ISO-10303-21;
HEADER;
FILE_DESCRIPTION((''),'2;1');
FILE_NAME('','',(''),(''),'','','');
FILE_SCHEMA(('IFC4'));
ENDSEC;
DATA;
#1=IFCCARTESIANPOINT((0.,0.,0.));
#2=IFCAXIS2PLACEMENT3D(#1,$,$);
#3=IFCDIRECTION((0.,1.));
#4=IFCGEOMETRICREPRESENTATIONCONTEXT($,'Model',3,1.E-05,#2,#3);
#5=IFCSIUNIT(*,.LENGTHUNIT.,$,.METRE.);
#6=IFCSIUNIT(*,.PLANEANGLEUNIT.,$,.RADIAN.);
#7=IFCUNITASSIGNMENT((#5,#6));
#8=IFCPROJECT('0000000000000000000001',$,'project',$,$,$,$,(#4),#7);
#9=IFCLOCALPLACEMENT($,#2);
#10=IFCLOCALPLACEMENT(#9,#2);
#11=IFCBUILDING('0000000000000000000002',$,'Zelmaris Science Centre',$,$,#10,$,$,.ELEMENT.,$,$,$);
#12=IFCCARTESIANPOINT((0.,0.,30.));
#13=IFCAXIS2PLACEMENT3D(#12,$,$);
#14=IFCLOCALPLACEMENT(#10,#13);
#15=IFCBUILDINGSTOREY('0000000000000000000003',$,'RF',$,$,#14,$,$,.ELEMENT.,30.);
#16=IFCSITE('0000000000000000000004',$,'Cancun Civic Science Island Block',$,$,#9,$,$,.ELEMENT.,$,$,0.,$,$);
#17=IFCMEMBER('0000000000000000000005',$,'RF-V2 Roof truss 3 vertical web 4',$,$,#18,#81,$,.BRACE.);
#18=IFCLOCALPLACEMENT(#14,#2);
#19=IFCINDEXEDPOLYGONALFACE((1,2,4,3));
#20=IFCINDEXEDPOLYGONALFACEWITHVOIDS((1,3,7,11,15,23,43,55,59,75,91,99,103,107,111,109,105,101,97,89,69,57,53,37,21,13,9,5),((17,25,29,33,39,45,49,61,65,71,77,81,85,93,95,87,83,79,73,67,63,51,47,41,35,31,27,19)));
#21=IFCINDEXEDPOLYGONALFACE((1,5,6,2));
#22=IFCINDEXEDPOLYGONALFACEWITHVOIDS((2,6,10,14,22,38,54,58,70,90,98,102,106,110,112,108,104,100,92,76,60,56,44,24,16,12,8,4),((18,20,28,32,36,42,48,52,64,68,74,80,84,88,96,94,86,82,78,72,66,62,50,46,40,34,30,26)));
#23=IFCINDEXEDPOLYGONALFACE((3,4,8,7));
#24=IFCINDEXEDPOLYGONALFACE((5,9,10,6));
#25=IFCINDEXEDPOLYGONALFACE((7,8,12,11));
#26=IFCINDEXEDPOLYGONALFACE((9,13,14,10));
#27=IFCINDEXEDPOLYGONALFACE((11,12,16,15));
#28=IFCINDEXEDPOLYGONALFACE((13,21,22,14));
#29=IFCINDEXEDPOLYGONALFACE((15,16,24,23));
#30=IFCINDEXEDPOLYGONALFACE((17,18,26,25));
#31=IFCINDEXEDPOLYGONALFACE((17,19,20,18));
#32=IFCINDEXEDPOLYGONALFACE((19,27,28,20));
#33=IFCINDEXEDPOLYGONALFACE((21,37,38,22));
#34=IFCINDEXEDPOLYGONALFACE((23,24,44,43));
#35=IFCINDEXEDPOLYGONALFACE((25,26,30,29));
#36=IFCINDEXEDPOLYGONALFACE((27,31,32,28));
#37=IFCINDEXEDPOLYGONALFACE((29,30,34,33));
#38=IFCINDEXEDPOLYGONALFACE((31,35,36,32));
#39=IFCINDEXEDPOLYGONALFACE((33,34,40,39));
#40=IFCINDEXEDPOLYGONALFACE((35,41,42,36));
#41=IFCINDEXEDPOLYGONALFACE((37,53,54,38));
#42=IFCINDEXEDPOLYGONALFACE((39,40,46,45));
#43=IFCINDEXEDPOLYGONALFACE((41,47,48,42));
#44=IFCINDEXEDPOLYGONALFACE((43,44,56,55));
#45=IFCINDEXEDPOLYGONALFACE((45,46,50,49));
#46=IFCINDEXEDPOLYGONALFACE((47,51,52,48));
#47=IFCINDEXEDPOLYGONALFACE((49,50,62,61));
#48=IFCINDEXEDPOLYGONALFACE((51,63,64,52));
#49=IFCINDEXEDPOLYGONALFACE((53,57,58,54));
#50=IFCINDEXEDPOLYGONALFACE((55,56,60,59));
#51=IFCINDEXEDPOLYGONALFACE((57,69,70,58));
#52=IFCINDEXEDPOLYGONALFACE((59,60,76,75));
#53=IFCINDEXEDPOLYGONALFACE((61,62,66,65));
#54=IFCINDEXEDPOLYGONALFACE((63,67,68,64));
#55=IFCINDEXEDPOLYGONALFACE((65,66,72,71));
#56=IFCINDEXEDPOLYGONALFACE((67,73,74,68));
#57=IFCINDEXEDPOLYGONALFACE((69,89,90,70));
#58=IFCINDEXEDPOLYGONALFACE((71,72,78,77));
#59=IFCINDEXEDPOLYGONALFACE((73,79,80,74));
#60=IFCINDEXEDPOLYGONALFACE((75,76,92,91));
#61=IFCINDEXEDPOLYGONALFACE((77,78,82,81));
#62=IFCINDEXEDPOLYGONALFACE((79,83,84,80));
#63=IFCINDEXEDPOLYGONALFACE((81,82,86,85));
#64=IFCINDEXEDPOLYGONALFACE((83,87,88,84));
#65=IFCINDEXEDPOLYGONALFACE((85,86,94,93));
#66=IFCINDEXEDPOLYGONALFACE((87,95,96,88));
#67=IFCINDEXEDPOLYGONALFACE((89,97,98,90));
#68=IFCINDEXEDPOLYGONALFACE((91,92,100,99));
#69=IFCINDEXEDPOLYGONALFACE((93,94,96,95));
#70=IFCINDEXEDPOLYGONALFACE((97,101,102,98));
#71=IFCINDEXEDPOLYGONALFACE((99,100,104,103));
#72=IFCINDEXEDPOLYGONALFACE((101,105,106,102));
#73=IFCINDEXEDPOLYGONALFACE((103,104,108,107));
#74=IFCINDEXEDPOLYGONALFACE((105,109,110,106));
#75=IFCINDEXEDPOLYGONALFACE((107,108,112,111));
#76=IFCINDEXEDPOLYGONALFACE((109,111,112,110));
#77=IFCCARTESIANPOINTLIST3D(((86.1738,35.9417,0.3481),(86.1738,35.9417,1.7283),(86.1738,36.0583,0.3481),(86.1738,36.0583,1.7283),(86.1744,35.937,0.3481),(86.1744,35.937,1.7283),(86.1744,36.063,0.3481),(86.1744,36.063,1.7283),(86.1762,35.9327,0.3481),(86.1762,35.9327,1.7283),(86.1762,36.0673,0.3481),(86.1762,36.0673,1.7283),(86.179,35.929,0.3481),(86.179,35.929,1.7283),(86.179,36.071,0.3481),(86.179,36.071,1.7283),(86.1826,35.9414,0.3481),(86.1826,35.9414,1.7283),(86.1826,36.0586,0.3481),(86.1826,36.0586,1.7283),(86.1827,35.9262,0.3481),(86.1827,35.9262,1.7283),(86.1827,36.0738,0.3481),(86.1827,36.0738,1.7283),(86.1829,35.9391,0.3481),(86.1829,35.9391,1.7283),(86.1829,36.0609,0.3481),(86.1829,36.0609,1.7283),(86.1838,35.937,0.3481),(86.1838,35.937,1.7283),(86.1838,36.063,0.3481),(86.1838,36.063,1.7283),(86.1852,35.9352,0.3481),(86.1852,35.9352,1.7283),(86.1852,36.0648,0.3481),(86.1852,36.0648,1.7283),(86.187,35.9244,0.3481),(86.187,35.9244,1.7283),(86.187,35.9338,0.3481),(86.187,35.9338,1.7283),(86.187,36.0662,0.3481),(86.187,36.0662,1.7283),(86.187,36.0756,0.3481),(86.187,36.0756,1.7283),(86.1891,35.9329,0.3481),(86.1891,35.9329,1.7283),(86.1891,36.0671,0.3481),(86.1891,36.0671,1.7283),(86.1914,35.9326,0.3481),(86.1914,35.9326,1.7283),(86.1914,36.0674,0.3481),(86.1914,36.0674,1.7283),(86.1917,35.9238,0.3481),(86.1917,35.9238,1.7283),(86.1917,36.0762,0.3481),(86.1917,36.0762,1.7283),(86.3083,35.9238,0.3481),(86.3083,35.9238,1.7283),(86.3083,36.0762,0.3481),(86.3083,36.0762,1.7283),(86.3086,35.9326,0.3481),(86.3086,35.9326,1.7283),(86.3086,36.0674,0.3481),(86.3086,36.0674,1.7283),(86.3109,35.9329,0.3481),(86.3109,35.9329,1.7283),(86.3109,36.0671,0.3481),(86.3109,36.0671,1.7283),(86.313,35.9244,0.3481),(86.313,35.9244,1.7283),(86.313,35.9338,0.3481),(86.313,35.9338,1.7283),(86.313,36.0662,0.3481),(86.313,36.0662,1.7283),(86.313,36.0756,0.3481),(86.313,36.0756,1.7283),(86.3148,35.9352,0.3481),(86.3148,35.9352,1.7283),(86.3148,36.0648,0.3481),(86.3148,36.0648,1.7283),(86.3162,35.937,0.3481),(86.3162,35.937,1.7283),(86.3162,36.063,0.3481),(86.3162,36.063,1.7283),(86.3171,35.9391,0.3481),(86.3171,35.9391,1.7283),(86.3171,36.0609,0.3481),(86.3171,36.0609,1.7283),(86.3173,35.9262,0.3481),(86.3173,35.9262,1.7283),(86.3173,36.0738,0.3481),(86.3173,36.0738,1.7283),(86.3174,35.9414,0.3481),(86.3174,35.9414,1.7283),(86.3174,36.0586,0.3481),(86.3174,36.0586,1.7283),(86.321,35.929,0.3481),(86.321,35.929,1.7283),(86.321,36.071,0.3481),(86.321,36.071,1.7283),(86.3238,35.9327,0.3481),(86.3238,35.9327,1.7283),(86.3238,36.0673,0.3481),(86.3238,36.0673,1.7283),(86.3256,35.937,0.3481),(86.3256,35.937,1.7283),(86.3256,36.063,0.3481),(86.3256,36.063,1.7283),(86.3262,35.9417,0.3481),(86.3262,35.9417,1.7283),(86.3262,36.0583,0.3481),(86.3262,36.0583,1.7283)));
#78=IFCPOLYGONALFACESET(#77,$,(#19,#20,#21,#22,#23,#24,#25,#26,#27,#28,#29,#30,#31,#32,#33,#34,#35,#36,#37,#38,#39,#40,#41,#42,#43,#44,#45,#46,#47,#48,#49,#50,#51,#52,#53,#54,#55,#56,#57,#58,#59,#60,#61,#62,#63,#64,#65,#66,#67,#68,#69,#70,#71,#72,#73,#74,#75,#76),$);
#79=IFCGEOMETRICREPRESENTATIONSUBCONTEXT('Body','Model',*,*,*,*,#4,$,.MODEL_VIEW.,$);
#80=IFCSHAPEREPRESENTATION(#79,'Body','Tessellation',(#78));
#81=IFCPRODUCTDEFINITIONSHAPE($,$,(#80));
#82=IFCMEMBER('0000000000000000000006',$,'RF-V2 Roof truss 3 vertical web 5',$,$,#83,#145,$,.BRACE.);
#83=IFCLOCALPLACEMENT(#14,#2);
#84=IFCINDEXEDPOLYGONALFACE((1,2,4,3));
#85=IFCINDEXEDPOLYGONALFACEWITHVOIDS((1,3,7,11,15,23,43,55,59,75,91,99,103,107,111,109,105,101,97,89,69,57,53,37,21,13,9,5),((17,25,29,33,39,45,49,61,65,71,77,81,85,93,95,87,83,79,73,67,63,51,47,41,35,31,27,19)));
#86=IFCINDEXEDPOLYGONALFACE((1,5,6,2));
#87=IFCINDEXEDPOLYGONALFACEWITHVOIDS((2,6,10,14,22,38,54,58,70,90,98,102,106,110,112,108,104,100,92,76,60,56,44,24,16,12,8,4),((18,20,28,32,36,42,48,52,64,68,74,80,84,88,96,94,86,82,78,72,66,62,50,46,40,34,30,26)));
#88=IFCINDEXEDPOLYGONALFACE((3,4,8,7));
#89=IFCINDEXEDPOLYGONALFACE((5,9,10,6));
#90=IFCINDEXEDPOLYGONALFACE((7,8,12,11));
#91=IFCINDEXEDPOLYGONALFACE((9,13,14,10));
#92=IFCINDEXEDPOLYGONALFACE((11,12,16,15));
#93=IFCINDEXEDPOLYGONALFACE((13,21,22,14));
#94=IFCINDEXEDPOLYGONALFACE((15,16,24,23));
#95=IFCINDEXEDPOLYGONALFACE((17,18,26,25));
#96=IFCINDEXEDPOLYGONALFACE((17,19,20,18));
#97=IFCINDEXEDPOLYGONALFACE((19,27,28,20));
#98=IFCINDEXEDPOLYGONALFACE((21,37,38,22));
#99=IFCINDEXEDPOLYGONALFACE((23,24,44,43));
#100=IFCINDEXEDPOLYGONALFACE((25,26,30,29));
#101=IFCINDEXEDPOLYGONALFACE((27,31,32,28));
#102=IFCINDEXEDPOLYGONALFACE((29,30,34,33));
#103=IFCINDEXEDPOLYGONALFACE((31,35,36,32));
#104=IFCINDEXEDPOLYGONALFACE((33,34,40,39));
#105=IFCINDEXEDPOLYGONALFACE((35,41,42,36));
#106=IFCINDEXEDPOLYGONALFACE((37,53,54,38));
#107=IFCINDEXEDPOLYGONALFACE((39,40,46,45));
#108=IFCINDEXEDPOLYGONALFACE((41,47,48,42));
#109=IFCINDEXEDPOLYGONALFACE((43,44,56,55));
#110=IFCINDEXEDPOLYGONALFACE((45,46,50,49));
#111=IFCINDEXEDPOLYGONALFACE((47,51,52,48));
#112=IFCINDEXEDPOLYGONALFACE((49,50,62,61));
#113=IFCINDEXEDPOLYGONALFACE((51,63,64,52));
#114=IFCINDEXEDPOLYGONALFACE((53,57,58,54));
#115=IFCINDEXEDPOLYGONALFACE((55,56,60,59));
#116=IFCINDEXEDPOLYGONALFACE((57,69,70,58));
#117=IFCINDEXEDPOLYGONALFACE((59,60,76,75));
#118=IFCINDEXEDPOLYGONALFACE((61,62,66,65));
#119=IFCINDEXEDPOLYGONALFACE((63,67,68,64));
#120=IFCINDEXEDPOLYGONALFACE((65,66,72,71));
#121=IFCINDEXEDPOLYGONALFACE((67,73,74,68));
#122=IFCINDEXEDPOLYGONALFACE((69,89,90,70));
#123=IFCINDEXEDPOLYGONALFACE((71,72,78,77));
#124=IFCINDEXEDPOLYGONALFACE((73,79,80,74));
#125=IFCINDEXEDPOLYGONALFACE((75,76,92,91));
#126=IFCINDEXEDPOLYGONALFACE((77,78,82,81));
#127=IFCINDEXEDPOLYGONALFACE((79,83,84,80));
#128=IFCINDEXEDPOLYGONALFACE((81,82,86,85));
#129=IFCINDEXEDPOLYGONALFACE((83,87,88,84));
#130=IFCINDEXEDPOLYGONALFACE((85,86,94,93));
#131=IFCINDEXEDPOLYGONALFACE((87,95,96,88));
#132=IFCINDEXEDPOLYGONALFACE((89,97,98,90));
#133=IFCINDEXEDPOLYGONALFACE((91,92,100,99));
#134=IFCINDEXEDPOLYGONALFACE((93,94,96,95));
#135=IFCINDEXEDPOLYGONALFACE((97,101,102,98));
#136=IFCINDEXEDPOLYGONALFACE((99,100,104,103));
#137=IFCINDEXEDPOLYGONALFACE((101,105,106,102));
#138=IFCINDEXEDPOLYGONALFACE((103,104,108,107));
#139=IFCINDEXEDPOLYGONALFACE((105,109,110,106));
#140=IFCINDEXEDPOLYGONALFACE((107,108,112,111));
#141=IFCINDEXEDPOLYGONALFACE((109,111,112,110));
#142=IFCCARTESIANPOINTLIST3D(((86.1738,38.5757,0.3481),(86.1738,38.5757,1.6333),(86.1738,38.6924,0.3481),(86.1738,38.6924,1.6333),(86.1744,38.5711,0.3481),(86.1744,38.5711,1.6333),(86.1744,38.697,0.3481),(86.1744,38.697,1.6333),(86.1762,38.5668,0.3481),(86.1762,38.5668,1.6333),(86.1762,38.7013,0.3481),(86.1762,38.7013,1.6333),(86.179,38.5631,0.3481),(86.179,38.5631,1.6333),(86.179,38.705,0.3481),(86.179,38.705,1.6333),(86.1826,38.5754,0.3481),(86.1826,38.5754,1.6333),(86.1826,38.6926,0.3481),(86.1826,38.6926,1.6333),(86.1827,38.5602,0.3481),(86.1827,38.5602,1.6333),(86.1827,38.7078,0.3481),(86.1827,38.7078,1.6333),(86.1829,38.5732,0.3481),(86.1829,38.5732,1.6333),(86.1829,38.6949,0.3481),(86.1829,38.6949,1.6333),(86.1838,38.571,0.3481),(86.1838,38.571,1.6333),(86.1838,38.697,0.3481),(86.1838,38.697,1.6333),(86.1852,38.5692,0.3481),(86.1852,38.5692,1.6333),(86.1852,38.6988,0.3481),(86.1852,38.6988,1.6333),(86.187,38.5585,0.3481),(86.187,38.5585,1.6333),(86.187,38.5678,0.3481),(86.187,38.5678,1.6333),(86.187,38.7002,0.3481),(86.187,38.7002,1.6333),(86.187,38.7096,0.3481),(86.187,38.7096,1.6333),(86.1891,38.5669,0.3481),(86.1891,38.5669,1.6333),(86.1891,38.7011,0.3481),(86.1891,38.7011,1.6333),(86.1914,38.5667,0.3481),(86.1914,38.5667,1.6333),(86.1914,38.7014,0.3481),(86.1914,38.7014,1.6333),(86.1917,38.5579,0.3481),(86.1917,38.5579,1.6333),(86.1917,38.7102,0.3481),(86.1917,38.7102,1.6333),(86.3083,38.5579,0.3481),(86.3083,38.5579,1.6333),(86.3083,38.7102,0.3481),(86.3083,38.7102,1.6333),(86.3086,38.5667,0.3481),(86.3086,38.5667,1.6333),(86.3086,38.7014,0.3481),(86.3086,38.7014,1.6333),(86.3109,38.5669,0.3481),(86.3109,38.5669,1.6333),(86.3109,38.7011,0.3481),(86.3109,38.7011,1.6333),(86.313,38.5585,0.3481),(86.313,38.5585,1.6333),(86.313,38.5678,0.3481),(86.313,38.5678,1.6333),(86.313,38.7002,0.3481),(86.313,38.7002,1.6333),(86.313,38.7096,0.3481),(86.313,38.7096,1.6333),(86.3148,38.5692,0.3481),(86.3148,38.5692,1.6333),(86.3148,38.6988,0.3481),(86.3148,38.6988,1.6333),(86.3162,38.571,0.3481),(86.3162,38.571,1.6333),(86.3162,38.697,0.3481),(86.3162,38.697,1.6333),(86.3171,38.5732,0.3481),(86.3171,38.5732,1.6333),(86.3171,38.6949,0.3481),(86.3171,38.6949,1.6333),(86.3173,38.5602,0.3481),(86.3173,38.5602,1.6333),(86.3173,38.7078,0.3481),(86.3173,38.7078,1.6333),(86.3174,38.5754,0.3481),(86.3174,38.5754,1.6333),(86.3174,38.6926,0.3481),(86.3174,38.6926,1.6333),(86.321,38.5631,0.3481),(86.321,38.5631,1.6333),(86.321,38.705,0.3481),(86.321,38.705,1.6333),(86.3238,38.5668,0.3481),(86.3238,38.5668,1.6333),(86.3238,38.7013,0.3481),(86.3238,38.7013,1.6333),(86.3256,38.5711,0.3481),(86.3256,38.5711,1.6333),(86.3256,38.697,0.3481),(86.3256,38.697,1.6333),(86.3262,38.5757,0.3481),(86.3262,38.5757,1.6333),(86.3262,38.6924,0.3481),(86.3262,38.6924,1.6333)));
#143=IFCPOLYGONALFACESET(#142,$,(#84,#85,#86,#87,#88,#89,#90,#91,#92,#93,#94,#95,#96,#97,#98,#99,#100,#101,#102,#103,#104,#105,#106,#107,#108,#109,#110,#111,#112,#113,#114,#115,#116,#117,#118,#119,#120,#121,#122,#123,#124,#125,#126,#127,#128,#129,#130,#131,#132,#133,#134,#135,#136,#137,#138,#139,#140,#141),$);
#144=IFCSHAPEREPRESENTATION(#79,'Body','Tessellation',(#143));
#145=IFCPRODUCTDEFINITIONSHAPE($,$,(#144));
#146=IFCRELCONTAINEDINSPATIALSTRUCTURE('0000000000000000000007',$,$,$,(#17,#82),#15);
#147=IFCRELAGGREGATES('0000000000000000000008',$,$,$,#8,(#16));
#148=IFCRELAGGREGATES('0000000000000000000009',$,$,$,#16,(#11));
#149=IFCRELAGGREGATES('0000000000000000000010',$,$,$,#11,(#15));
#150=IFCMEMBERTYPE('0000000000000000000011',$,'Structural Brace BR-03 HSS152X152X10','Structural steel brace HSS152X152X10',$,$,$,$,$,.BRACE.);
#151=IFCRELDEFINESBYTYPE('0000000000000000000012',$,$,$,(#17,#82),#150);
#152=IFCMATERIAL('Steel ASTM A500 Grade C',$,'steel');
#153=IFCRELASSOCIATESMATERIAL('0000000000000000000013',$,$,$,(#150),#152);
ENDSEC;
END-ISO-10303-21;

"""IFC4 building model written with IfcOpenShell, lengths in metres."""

from ifc_helpers import new_model, si_unit, direction, frame, origin, origin_2d, place, context, subcontext, project, spatial, hollow_rectangle, extrude, material, material_profile, profile_set, type_object, element, save


model = new_model("IFC4")

# Units and contexts
model_context = context("Model", 3, precision=1e-05, world=origin(), true_north=direction((0.0, 1.0)))
body_context = subcontext(model_context, "Body", "Model", "MODEL_VIEW")
ifc_project = project(units=[si_unit("LENGTHUNIT", "METRE"), si_unit("PLANEANGLEUNIT", "RADIAN")], contexts=[model_context])

# Site, building, storey
site_placement = place(None, origin())
site = spatial("IfcSite", under=ifc_project, at=site_placement, Name="Cancun Civic Science Island Block", CompositionType="ELEMENT", RefElevation=0.0)
building_placement = place(site_placement, origin())
building = spatial("IfcBuilding", under=site, at=building_placement, Name="Zelmaris Science Centre", CompositionType="ELEMENT")
storey_placement = place(building_placement, frame((0.0, 0.0, 30.0)))
storey = spatial("IfcBuildingStorey", under=building, at=storey_placement, Name="RF", CompositionType="ELEMENT", Elevation=30.0)

# Shared definitions
ifc_material_1 = material(Name="Steel ASTM A500 Grade C", Category="steel")

# Members
ifc_material_profile_1 = material_profile(ifc_material_1, hollow_rectangle(XDim=0.1523, YDim=0.1523, WallThickness=0.0088, InnerFilletRadius=0.0088, OuterFilletRadius=0.0178, at=origin_2d()), Name="HSS152X152X10")
ifc_profile_set_1 = profile_set([ifc_material_profile_1], Name="Steel ASTM A500 Grade C")
member_type_1 = type_object("IfcMemberType", Name="Structural Brace BR-03 HSS152X152X10", Description="Structural steel brace HSS152X152X10", PredefinedType="BRACE", material=ifc_profile_set_1)
member_1_placement = place(storey_placement, frame((86.25, 36.0, 0.3481), z_axis=(0.0, 0.0, 1.0), x_axis=(1.0, 0.0, 0.0)))
element("IfcMember", 1, at=member_1_placement, inside=storey, type_object=member_type_1, Name="RF-V2 Roof truss 3 vertical web 4", PredefinedType="BRACE", context=body_context, shape_type="SweptSolid", body=[
    extrude(hollow_rectangle(XDim=0.1523, YDim=0.1523, WallThickness=0.0088, InnerFilletRadius=0.0088, OuterFilletRadius=0.0178, at=origin_2d()), origin(), (0.0, 0.0, 1.0), 1.3801),
])
member_2_placement = place(storey_placement, frame((86.25, 38.634, 0.3481), z_axis=(0.0, 0.0, 1.0), x_axis=(1.0, 0.0, 0.0)))
element("IfcMember", 2, at=member_2_placement, inside=storey, type_object=member_type_1, Name="RF-V2 Roof truss 3 vertical web 5", PredefinedType="BRACE", context=body_context, shape_type="SweptSolid", body=[
    extrude(hollow_rectangle(XDim=0.1523, YDim=0.1523, WallThickness=0.0088, InnerFilletRadius=0.0088, OuterFilletRadius=0.0178, at=origin_2d()), origin(), (0.0, 0.0, 1.0), 1.2852),
])

save(model, "model.ifc")
